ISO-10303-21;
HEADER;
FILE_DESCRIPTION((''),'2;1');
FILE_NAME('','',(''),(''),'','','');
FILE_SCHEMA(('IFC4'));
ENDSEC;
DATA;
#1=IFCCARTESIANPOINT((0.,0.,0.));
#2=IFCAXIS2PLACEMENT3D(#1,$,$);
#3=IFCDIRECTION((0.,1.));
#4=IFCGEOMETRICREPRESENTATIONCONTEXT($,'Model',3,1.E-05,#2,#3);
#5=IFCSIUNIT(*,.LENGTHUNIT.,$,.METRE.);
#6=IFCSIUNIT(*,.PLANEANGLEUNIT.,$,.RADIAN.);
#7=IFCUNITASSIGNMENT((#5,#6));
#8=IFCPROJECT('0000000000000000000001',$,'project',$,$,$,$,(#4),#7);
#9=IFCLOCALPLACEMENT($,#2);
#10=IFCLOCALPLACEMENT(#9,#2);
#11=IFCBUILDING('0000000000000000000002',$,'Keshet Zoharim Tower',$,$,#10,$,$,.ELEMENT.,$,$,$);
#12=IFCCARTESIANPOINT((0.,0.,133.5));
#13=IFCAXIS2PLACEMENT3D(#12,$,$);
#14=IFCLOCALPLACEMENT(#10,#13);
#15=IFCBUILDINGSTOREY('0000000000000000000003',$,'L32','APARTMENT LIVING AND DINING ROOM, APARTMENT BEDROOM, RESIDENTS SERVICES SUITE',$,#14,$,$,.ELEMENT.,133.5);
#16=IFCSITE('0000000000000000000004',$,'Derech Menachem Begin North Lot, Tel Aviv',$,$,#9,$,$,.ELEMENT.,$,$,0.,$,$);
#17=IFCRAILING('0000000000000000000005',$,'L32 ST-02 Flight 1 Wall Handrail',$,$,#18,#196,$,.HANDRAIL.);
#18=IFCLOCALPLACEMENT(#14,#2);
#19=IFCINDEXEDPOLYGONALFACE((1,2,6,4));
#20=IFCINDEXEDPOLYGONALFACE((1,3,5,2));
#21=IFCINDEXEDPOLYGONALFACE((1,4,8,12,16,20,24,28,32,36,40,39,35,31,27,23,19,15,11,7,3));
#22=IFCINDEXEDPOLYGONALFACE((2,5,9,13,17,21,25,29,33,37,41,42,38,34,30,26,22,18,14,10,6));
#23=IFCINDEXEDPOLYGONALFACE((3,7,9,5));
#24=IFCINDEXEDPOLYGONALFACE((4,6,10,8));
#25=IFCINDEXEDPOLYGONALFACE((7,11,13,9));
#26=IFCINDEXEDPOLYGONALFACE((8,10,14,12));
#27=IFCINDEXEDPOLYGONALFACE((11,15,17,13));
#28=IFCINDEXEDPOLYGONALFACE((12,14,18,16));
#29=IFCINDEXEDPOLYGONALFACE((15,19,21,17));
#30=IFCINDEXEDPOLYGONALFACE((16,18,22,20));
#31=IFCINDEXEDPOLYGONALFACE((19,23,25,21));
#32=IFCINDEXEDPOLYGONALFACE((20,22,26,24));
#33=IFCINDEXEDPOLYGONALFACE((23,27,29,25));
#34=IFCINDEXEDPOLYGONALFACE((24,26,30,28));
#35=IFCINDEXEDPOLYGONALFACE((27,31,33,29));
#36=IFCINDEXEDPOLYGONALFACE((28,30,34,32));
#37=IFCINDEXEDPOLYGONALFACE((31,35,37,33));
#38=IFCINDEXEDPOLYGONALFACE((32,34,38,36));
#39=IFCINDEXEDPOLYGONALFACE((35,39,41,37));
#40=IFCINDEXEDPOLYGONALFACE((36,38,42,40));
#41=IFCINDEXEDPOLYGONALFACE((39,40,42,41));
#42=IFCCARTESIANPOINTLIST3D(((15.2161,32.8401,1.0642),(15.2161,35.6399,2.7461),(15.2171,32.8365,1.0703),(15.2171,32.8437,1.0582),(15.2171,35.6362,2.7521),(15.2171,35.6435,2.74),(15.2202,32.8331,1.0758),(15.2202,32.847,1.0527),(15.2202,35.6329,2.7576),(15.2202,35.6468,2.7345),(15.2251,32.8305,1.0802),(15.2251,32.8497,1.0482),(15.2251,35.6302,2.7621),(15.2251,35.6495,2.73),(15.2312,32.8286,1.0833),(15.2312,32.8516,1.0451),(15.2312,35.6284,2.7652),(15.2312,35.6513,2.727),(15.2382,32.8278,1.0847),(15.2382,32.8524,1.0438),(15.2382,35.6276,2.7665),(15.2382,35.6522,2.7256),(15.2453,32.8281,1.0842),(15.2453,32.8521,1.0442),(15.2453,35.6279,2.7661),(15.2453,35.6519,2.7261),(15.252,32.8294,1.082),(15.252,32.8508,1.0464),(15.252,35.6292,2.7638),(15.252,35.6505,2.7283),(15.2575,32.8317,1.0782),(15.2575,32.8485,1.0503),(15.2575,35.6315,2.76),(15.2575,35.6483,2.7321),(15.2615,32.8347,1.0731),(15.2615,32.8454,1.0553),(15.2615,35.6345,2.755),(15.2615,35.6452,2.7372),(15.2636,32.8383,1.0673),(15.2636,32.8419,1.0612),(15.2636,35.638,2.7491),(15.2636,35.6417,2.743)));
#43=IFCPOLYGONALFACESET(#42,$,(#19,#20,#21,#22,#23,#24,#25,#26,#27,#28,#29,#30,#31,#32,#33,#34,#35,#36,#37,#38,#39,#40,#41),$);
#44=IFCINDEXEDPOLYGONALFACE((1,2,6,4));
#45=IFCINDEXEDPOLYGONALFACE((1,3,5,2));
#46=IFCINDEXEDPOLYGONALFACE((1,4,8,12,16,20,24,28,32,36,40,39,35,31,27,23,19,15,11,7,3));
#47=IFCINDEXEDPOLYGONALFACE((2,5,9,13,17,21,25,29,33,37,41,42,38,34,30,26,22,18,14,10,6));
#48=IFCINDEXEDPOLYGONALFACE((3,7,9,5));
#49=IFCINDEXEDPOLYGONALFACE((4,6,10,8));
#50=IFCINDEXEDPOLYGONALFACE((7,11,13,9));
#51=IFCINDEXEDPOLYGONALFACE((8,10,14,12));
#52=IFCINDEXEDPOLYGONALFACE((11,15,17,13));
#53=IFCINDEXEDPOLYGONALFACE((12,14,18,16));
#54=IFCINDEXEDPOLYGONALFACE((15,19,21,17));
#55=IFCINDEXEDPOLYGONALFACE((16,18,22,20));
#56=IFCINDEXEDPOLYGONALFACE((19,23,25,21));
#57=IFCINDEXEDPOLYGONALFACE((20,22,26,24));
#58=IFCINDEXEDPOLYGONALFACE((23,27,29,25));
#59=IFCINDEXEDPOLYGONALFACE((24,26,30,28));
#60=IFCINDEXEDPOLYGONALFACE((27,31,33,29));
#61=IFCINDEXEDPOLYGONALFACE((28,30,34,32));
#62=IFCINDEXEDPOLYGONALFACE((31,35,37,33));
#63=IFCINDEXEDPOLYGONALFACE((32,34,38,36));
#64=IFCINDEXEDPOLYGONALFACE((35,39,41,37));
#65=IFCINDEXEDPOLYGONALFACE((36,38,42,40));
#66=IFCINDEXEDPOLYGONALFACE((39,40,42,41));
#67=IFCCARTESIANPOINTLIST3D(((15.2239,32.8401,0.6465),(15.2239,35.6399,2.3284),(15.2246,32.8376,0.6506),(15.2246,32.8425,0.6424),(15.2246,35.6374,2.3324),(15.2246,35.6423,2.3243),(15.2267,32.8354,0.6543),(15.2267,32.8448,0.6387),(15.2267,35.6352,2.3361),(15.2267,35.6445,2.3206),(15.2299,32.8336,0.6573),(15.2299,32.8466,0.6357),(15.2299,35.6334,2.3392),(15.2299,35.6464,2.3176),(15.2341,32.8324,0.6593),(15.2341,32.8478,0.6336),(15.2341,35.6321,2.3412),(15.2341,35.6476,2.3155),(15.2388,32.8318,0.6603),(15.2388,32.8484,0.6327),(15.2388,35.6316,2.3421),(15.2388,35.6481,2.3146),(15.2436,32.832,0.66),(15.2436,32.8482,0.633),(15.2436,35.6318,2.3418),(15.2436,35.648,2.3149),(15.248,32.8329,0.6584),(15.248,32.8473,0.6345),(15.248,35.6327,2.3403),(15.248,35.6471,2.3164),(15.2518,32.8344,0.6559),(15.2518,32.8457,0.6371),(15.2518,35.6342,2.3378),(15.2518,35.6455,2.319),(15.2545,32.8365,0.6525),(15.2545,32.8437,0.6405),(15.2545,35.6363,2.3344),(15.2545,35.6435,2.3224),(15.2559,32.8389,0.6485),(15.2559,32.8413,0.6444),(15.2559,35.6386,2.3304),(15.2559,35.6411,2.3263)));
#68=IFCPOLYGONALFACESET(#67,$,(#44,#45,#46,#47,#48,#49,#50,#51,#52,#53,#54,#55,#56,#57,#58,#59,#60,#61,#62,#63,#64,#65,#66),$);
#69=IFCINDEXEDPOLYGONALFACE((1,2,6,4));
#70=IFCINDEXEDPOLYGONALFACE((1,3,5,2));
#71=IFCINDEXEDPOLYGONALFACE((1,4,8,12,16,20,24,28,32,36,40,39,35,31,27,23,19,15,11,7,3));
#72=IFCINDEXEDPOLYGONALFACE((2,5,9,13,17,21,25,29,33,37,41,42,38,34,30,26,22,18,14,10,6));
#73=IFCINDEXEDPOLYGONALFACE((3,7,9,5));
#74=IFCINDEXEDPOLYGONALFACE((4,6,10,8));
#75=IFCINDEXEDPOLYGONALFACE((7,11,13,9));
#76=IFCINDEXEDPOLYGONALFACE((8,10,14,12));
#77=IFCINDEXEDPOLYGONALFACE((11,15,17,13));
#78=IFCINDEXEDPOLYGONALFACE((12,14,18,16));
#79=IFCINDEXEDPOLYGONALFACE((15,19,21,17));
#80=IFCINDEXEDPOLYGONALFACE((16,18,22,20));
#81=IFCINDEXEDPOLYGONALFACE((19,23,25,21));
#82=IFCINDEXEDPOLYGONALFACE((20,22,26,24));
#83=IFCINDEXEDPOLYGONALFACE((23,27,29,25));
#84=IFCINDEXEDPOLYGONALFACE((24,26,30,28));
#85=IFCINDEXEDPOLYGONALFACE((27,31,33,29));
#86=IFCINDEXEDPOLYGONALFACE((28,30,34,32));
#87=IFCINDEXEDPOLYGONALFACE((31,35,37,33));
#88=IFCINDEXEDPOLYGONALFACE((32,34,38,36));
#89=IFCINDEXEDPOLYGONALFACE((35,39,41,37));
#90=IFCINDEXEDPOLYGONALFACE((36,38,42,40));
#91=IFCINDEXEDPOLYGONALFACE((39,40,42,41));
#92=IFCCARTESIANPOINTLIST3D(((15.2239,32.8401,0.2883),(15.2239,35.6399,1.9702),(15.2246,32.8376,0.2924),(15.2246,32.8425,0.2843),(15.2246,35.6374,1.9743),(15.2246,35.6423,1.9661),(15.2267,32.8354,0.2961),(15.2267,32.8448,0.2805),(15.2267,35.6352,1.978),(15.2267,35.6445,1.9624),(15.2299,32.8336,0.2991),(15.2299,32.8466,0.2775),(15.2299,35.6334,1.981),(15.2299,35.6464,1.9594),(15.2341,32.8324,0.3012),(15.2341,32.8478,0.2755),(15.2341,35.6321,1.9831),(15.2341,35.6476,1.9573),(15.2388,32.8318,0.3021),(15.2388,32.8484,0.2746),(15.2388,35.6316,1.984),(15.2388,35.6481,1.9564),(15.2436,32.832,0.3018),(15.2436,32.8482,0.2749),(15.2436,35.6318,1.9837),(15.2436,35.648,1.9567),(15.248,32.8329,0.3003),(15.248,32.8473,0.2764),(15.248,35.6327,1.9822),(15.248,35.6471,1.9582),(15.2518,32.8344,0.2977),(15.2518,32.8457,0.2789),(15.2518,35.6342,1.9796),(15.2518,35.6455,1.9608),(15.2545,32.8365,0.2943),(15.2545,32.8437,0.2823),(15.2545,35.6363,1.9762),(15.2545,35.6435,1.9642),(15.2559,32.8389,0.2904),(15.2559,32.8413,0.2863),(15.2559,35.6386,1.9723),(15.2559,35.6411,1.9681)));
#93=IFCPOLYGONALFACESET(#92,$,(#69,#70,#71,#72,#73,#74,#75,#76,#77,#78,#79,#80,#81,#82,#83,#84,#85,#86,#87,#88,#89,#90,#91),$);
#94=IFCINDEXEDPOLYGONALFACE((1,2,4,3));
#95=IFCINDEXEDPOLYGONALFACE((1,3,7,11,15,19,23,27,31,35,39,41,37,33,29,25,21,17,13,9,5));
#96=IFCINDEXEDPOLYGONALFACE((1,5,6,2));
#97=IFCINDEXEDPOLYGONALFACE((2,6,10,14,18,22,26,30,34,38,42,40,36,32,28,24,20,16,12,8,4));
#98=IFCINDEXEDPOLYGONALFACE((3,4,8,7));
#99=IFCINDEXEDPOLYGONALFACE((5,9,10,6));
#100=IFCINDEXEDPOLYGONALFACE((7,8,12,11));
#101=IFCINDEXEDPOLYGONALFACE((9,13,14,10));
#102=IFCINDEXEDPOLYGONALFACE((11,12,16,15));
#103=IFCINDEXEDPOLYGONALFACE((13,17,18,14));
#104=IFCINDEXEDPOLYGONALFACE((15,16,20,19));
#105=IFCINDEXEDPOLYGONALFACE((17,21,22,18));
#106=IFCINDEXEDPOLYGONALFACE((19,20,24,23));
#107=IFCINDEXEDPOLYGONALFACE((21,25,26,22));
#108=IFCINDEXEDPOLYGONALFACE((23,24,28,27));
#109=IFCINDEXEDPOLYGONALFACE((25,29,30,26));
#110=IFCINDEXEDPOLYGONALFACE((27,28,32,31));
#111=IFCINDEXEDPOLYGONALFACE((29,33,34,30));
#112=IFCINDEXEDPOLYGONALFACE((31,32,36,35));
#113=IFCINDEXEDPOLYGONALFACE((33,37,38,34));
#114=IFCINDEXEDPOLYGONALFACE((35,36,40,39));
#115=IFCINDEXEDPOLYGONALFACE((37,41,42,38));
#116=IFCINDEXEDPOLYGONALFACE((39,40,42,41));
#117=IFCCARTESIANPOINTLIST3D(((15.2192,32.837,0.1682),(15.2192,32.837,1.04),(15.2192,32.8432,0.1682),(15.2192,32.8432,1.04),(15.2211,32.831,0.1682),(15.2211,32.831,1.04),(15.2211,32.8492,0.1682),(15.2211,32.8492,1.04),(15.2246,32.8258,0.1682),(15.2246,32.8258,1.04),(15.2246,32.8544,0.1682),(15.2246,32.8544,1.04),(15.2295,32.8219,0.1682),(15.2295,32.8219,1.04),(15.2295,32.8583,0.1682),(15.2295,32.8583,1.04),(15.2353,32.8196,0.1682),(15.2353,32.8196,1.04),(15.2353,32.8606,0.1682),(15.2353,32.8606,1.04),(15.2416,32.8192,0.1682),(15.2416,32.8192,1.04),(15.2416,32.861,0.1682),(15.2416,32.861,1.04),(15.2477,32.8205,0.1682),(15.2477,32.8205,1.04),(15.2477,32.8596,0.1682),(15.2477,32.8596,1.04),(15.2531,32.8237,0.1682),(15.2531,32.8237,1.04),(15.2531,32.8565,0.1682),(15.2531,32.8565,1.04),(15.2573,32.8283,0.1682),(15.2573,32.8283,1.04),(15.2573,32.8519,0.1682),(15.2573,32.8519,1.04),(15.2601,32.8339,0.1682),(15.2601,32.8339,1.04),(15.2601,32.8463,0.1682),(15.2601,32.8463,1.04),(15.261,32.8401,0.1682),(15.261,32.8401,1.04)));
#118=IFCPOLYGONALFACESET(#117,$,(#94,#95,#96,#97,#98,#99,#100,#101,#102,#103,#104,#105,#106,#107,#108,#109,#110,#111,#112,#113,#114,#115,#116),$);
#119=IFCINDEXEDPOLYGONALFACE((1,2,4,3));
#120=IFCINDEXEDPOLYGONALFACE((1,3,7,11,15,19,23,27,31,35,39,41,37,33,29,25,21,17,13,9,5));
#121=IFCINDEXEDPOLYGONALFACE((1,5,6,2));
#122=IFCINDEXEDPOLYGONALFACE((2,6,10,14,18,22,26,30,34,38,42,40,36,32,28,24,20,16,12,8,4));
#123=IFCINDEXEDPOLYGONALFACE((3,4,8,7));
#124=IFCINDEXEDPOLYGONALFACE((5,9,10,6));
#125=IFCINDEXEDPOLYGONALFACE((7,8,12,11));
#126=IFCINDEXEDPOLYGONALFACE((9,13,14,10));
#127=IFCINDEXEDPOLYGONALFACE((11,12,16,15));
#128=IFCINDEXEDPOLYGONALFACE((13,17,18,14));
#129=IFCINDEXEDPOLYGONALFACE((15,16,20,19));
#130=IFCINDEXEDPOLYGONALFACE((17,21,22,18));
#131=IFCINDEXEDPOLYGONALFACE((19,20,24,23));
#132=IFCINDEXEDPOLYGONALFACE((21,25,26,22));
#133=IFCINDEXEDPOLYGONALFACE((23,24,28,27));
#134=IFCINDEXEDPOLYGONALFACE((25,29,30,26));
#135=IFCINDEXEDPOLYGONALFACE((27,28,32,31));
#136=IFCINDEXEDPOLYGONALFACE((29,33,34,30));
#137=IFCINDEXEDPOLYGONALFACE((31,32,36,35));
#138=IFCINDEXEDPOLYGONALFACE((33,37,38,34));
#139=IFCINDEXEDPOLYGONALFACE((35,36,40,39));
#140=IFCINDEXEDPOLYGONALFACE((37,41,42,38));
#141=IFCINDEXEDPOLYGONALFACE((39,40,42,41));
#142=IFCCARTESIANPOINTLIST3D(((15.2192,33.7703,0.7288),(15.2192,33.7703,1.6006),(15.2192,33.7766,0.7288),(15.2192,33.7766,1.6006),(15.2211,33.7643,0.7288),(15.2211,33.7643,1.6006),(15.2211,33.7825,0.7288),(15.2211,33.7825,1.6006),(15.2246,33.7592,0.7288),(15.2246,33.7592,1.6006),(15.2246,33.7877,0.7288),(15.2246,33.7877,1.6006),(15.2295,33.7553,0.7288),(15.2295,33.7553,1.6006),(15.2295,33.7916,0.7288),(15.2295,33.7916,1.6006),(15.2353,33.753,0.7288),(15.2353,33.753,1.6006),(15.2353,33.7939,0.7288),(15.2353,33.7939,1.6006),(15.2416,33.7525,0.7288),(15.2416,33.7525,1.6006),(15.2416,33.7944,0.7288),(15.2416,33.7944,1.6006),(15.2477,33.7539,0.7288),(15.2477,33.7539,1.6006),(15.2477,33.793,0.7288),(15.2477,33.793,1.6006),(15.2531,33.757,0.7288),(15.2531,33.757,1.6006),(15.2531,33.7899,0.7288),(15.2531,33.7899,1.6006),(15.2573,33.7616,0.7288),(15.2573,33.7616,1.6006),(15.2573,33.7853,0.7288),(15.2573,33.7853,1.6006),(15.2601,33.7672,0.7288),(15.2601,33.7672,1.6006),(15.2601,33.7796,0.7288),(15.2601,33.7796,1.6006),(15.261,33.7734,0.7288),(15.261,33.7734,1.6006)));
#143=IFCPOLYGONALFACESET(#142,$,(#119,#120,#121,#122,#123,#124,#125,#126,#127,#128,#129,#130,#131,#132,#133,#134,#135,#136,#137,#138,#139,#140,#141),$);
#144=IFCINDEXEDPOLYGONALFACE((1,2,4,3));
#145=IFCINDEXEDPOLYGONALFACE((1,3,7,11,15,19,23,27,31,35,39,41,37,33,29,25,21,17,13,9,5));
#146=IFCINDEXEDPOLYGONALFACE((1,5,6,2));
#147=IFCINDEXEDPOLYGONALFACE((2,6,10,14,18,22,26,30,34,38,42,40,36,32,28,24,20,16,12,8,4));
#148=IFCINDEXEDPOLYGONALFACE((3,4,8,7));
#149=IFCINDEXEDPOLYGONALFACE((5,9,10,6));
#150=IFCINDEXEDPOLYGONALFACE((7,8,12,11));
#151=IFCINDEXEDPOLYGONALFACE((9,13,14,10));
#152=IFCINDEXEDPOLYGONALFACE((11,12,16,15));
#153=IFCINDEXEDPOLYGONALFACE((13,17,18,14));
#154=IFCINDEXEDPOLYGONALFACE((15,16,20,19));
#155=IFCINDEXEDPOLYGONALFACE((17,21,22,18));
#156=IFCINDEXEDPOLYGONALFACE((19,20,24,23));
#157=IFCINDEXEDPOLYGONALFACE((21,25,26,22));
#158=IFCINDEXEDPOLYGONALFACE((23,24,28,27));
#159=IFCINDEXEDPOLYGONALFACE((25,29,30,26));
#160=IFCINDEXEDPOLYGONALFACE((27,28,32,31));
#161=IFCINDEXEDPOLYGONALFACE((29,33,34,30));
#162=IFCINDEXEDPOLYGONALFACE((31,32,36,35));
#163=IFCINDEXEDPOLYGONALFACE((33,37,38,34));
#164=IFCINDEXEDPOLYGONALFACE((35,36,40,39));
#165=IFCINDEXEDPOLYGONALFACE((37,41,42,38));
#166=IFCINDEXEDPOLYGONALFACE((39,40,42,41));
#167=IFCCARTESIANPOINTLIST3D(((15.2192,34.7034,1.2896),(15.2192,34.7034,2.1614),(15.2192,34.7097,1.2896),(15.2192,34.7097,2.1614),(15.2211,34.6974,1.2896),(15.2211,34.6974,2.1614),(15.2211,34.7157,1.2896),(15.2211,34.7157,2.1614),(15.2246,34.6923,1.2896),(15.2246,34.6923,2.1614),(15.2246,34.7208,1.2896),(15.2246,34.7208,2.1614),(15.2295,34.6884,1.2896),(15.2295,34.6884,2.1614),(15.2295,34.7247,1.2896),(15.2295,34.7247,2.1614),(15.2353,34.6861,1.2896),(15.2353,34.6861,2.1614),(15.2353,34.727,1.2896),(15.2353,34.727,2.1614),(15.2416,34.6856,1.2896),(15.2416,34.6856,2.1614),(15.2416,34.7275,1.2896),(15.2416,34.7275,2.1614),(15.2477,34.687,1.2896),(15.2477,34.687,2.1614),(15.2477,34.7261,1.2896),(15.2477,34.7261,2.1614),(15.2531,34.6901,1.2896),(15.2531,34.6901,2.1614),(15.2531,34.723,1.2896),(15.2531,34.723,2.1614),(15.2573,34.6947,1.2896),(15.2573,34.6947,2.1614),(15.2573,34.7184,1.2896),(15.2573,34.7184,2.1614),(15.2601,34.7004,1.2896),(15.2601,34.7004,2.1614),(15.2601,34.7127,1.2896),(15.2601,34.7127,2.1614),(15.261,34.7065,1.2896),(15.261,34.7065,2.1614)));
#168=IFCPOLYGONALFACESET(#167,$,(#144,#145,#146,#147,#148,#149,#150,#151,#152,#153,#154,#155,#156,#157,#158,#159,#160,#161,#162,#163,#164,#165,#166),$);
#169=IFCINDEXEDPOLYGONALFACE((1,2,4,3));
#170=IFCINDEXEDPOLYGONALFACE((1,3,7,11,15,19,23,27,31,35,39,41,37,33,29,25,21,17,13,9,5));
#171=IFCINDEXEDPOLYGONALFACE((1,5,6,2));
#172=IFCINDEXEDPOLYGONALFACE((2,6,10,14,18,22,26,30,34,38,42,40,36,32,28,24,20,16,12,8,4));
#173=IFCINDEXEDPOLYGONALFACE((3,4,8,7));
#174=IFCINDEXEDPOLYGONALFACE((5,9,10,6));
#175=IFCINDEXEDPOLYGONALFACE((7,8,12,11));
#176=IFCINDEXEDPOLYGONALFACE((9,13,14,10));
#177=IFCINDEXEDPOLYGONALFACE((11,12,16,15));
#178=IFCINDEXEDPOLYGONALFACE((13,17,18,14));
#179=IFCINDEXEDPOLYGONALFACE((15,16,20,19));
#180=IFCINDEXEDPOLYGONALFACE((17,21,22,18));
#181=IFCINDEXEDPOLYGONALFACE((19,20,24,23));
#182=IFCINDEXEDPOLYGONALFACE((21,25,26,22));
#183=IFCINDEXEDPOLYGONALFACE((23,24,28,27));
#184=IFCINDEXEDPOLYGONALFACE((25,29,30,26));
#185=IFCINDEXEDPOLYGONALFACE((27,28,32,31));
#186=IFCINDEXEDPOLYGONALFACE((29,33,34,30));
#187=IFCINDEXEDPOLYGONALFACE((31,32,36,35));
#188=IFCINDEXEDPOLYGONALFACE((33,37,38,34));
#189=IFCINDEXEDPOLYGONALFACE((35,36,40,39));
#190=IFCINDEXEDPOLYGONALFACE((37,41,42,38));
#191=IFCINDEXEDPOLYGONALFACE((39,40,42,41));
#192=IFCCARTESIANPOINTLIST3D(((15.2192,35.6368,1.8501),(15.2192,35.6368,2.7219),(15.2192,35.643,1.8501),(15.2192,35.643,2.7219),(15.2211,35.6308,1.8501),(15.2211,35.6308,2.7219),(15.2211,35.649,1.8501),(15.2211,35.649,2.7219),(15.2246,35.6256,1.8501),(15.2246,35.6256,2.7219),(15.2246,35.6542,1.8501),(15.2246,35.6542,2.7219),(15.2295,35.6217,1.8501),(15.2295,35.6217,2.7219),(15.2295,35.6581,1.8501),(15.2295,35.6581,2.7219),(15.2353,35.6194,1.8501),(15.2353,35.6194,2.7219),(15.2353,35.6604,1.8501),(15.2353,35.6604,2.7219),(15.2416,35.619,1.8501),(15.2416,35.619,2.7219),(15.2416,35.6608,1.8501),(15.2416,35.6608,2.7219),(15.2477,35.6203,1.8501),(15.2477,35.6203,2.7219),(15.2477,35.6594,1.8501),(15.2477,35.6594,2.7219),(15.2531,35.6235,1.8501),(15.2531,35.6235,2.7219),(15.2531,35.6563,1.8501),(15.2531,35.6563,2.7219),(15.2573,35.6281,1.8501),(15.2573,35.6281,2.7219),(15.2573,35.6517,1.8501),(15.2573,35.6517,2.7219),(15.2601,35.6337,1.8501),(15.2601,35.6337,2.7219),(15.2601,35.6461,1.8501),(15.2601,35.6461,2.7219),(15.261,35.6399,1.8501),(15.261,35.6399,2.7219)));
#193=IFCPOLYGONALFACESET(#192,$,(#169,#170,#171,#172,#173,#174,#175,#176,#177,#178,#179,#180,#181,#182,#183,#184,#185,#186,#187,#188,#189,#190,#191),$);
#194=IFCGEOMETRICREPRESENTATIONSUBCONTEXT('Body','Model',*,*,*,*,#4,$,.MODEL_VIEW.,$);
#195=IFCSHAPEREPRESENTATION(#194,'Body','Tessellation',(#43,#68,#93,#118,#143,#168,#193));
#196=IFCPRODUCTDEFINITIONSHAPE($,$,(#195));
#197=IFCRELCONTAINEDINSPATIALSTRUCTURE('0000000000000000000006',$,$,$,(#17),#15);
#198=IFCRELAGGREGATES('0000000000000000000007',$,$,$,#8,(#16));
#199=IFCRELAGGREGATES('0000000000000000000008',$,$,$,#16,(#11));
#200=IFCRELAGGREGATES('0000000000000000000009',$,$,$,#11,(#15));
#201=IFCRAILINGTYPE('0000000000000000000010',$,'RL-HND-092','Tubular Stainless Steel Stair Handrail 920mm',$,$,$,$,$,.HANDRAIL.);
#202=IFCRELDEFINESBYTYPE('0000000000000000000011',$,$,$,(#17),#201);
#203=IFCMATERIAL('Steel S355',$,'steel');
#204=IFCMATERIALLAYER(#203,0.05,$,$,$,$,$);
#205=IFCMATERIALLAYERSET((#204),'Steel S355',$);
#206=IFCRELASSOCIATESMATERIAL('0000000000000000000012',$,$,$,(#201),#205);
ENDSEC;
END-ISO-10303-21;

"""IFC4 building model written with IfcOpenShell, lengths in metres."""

from ifc_helpers import new_model, si_unit, direction, frame, origin, origin_2d, place, context, subcontext, project, spatial, circle, extrude, material, layer, layer_set, type_object, element, save


model = new_model("IFC4")

# Units and contexts
model_context = context("Model", 3, precision=1e-05, world=origin(), true_north=direction((0.0, 1.0)))
body_context = subcontext(model_context, "Body", "Model", "MODEL_VIEW")
ifc_project = project(units=[si_unit("LENGTHUNIT", "METRE"), si_unit("PLANEANGLEUNIT", "RADIAN")], contexts=[model_context])

# Site, building, storey
site_placement = place(None, origin())
site = spatial("IfcSite", under=ifc_project, at=site_placement, Name="Derech Menachem Begin North Lot, Tel Aviv", CompositionType="ELEMENT", RefElevation=0.0)
building_placement = place(site_placement, origin())
building = spatial("IfcBuilding", under=site, at=building_placement, Name="Keshet Zoharim Tower", CompositionType="ELEMENT")
storey_placement = place(building_placement, frame((0.0, 0.0, 133.5)))
storey = spatial("IfcBuildingStorey", under=building, at=storey_placement, Name="L32", Description="APARTMENT LIVING AND DINING ROOM, APARTMENT BEDROOM, RESIDENTS SERVICES SUITE", CompositionType="ELEMENT", Elevation=133.5)

# Shared definitions
ifc_material_1 = material(Name="Steel S355", Category="steel")

# Railing
ifc_layer_1 = layer(ifc_material_1, 0.05)
ifc_layer_set_1 = layer_set([ifc_layer_1], Name="Steel S355")
railing_type_1 = type_object("IfcRailingType", Name="RL-HND-092", Description="Tubular Stainless Steel Stair Handrail 920mm", PredefinedType="HANDRAIL", material=ifc_layer_set_1)
railing_1_placement = place(storey_placement, frame((15.24, 32.8401, 0.1682)))
element("IfcRailing", 1, at=railing_1_placement, inside=storey, type_object=railing_type_1, Name="L32 ST-02 Flight 1 Wall Handrail", PredefinedType="HANDRAIL", context=body_context, shape_type="SweptSolid", body=[
    extrude(circle(Radius=0.0239, at=origin_2d()), frame((0.0, 0.0, 0.896), z_axis=(0.0, 0.857222, 0.514946), x_axis=(-1.0, 0.0, 0.0)), (0.0, 0.0, 1.0), 3.2661),
    extrude(circle(Radius=0.0161, at=origin_2d()), frame((0.0, 0.0, 0.4783), z_axis=(0.0, 0.857222, 0.514946), x_axis=(-1.0, 0.0, 0.0)), (0.0, 0.0, 1.0), 3.2661),
    extrude(circle(Radius=0.0161, at=origin_2d()), frame((0.0, 0.0, 0.1201), z_axis=(0.0, 0.857222, 0.514946), x_axis=(-1.0, 0.0, 0.0)), (0.0, 0.0, 1.0), 3.2661),
    extrude(circle(Radius=0.021, at=origin_2d()), origin(), (0.0, 0.0, 1.0), 0.8718),
    extrude(circle(Radius=0.021, at=origin_2d()), frame((0.0, 0.9333, 0.5605)), (0.0, 0.0, 1.0), 0.8718),
    extrude(circle(Radius=0.021, at=origin_2d()), frame((0.0, 1.8665, 1.1213)), (0.0, 0.0, 1.0), 0.8718),
    extrude(circle(Radius=0.021, at=origin_2d()), frame((0.0, 2.7998, 1.6819)), (0.0, 0.0, 1.0), 0.8718),
])

save(model, "model.ifc")
